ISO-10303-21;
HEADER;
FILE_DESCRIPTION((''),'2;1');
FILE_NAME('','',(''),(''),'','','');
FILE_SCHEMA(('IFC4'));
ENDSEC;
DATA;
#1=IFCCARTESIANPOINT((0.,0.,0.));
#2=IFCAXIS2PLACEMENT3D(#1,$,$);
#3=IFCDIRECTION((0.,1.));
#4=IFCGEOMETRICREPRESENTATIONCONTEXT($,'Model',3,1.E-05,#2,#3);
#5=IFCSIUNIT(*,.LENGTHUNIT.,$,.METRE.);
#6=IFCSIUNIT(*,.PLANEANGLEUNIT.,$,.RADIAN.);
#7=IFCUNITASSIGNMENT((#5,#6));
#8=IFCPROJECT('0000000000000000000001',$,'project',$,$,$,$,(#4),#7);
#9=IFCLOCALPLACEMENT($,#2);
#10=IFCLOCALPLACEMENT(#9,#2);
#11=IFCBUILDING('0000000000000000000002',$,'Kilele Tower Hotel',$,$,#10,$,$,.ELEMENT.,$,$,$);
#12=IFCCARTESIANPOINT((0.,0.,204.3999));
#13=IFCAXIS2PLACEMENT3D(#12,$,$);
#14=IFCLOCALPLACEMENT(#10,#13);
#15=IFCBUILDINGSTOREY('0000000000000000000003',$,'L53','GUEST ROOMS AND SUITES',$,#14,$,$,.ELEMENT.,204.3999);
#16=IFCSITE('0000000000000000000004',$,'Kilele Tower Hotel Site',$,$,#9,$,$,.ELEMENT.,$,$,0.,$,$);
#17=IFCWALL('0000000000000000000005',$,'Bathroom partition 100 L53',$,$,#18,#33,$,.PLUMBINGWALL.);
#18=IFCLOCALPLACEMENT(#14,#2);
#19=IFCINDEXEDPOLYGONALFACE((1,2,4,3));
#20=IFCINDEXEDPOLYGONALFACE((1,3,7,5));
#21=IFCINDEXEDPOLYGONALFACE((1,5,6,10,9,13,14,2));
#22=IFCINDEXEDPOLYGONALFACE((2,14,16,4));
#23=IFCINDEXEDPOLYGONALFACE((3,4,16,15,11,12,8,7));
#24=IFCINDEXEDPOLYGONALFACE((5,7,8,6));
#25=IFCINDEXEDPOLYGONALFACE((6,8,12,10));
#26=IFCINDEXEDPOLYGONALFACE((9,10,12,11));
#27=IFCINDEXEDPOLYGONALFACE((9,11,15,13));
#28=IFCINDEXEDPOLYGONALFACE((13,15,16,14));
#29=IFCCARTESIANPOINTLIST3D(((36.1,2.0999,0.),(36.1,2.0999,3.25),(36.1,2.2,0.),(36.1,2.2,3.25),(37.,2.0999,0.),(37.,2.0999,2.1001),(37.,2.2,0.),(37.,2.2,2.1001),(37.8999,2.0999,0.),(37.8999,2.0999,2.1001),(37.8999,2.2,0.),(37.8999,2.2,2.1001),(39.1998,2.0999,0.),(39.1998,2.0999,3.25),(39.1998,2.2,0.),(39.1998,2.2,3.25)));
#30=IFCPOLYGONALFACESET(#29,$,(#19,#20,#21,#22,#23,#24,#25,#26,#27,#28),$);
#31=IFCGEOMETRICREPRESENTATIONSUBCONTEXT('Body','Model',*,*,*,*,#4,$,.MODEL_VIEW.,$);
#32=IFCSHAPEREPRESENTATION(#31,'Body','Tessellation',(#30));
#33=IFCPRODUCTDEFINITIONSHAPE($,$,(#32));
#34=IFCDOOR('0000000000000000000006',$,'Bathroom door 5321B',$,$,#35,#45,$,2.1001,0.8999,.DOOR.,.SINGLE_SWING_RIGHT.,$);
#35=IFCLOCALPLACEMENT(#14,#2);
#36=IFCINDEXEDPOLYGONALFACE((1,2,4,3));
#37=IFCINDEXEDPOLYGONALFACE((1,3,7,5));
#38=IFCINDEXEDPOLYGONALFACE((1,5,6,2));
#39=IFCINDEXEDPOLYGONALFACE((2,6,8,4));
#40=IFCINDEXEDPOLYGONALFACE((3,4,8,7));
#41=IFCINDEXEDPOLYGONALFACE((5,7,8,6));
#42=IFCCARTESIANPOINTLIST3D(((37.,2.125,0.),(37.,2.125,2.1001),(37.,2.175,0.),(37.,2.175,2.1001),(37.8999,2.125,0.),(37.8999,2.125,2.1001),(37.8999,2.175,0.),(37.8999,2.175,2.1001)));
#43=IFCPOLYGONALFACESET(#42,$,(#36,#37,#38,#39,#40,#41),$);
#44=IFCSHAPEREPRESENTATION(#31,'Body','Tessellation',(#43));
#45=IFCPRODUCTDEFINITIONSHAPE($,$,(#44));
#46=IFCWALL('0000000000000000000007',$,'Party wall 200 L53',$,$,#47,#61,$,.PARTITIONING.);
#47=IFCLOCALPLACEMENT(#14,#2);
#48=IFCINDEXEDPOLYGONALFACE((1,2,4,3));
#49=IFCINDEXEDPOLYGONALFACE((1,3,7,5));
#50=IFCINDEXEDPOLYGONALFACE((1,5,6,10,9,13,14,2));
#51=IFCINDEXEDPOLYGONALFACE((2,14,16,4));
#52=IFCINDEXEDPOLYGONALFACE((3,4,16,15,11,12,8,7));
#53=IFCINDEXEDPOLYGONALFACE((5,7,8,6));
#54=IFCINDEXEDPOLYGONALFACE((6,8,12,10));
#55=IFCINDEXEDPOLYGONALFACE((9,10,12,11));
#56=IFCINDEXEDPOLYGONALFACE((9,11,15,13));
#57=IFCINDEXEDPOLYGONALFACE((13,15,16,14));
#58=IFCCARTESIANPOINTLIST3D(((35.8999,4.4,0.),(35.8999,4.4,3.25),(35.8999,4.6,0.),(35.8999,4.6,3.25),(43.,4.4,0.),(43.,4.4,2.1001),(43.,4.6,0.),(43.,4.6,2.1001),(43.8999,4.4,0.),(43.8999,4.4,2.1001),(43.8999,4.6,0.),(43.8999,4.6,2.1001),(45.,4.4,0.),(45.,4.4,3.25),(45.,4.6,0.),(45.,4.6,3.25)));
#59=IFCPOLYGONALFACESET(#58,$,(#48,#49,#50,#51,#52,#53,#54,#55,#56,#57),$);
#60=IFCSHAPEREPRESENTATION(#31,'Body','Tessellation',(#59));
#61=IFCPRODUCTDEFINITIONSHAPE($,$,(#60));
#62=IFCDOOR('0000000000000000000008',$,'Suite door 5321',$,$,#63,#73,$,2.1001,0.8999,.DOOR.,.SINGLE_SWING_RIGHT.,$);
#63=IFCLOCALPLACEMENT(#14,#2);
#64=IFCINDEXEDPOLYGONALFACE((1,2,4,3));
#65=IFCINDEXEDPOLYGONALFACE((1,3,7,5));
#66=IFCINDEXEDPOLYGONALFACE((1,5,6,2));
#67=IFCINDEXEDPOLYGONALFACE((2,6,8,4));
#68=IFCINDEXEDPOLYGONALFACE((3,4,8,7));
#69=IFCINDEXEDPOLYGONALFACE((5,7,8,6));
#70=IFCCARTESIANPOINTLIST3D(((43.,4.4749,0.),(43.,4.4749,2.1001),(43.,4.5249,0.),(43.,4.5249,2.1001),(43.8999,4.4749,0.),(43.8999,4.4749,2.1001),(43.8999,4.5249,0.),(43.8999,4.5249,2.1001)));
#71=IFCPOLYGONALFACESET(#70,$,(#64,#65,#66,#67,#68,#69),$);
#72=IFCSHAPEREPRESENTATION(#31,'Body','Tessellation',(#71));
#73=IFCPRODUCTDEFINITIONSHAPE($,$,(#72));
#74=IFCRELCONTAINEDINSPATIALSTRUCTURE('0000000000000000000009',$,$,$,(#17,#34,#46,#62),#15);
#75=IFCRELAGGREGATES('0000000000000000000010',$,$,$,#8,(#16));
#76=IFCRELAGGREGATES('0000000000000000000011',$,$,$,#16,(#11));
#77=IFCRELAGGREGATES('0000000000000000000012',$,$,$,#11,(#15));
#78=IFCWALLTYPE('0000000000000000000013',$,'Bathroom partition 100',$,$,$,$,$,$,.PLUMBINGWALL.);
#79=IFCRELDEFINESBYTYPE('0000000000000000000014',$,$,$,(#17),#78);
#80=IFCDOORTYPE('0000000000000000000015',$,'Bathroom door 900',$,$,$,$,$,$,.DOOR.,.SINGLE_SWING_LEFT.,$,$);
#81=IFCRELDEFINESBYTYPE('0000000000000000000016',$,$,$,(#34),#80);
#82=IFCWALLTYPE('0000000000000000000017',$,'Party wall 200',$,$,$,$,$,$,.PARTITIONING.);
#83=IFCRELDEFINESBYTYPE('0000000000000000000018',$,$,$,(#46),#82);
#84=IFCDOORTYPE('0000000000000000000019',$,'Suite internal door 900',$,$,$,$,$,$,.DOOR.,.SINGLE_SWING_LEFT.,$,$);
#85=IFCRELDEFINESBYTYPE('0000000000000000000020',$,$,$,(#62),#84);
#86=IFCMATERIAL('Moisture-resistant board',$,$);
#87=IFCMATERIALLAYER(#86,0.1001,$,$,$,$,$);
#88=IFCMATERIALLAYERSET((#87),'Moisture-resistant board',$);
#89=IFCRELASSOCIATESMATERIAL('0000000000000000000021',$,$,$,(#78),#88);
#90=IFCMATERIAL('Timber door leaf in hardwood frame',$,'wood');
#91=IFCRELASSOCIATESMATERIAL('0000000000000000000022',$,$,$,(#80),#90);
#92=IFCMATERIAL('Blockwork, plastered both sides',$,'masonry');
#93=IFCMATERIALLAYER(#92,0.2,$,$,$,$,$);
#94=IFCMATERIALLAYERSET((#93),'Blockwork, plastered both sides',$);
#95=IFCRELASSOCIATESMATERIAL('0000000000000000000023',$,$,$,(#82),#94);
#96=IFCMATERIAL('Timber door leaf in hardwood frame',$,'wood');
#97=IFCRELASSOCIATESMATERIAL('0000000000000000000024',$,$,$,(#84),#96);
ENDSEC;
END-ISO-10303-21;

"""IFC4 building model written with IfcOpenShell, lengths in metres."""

from ifc_helpers import new_model, si_unit, direction, frame, frame_2d, origin, place, context, subcontext, project, spatial, rectangle, extrude, material, layer, layer_set, type_object, element, fill, save


model = new_model("IFC4")

# Units and contexts
model_context = context("Model", 3, precision=1e-05, world=origin(), true_north=direction((0.0, 1.0)))
body_context = subcontext(model_context, "Body", "Model", "MODEL_VIEW")
ifc_project = project(units=[si_unit("LENGTHUNIT", "METRE"), si_unit("PLANEANGLEUNIT", "RADIAN")], contexts=[model_context])

# Site, building, storey
site_placement = place(None, origin())
site = spatial("IfcSite", under=ifc_project, at=site_placement, Name="Kilele Tower Hotel Site", CompositionType="ELEMENT", RefElevation=0.0)
building_placement = place(site_placement, origin())
building = spatial("IfcBuilding", under=site, at=building_placement, Name="Kilele Tower Hotel", CompositionType="ELEMENT")
storey_placement = place(building_placement, frame((0.0, 0.0, 204.3999)))
storey = spatial("IfcBuildingStorey", under=building, at=storey_placement, Name="L53", Description="GUEST ROOMS AND SUITES", CompositionType="ELEMENT", Elevation=204.3999)

# Shared definitions
ifc_material_1 = material(Name="Moisture-resistant board")
ifc_layer_1 = layer(ifc_material_1, 0.1001)
ifc_layer_set_1 = layer_set([ifc_layer_1], Name="Moisture-resistant board")
wall_type_1 = type_object("IfcWallType", Name="Bathroom partition 100", PredefinedType="PLUMBINGWALL", material=ifc_layer_set_1)

# Walls, openings, doors
ifc_material_2 = material(Name="Timber door leaf in hardwood frame", Category="wood")
door_type_1 = type_object("IfcDoorType", Name="Bathroom door 900", OperationType="SINGLE_SWING_LEFT", PredefinedType="DOOR", material=ifc_material_2)
wall_1_placement = place(storey_placement, frame((36.1001, 2.1499, 0.0), z_axis=(0.0, 0.0, 1.0), x_axis=(1.0, 0.0, 0.0)))
wall_1 = element("IfcWall", 1, at=wall_1_placement, inside=storey, type_object=wall_type_1, Name="Bathroom partition 100 L53", PredefinedType="PLUMBINGWALL", context=body_context, shape_type="SweptSolid", body=[
    extrude(rectangle(XDim=3.0999, YDim=0.1001, at=frame_2d((1.5498, 0.0))), origin(), (0.0, 0.0, 1.0), 3.25),
])
opening_1_placement = place(wall_1_placement, frame((1.7998, 0.0, 0.0), z_axis=(0.0, 0.0, 1.0), x_axis=(-1.0, 0.0, 0.0)))
opening_1 = element("IfcOpeningElement", 2, at=opening_1_placement, cuts=wall_1, PredefinedType="OPENING", context=body_context, shape_type="SweptSolid", body=[
    extrude(rectangle(XDim=0.8999, YDim=2.1001, at=frame_2d((0.45, 1.05))), frame((0.0, 0.0601, 0.0), z_axis=(0.0, -1.0, 0.0), x_axis=(1.0, 0.0, 0.0)), (0.0, 0.0, 1.0), 0.1201),
])
door_1_placement = place(opening_1_placement, origin())
door_1 = element("IfcDoor", 3, at=door_1_placement, inside=storey, type_object=door_type_1, Name="Bathroom door 5321B", OperationType="SINGLE_SWING_RIGHT", OverallHeight=2.1001, OverallWidth=0.8999, PredefinedType="DOOR", context=body_context, shape_type="SweptSolid", body=[
    extrude(rectangle(XDim=0.8999, YDim=2.1001, at=frame_2d((0.45, 1.05))), frame((0.0, 0.0249, 0.0), z_axis=(0.0, -1.0, 0.0), x_axis=(1.0, 0.0, 0.0)), (0.0, 0.0, 1.0), 0.05),
])
fill(opening_1, door_1)
ifc_material_3 = material(Name="Blockwork, plastered both sides", Category="masonry")
ifc_layer_2 = layer(ifc_material_3, 0.2)
ifc_layer_set_2 = layer_set([ifc_layer_2], Name="Blockwork, plastered both sides")
wall_type_2 = type_object("IfcWallType", Name="Party wall 200", PredefinedType="PARTITIONING", material=ifc_layer_set_2)
wall_2_placement = place(storey_placement, frame((35.8999, 4.5, 0.0), z_axis=(0.0, 0.0, 1.0), x_axis=(1.0, 0.0, 0.0)))
wall_2 = element("IfcWall", 4, at=wall_2_placement, inside=storey, type_object=wall_type_2, Name="Party wall 200 L53", PredefinedType="PARTITIONING", context=body_context, shape_type="SweptSolid", body=[
    extrude(rectangle(XDim=9.1001, YDim=0.2, at=frame_2d((4.55, 0.0))), origin(), (0.0, 0.0, 1.0), 3.25),
])
opening_2_placement = place(wall_2_placement, frame((7.1001, 0.0, 0.0)))
opening_2 = element("IfcOpeningElement", 5, at=opening_2_placement, cuts=wall_2, PredefinedType="OPENING", context=body_context, shape_type="SweptSolid", body=[
    extrude(rectangle(XDim=0.8999, YDim=2.1001, at=frame_2d((0.45, 1.05))), frame((0.0, 0.1099, 0.0), z_axis=(0.0, -1.0, 0.0), x_axis=(1.0, 0.0, 0.0)), (0.0, 0.0, 1.0), 0.22),
])
ifc_material_4 = material(Name="Timber door leaf in hardwood frame", Category="wood")
door_type_2 = type_object("IfcDoorType", Name="Suite internal door 900", OperationType="SINGLE_SWING_LEFT", PredefinedType="DOOR", material=ifc_material_4)
door_2_placement = place(opening_2_placement, origin())
door_2 = element("IfcDoor", 6, at=door_2_placement, inside=storey, type_object=door_type_2, Name="Suite door 5321", OperationType="SINGLE_SWING_RIGHT", OverallHeight=2.1001, OverallWidth=0.8999, PredefinedType="DOOR", context=body_context, shape_type="SweptSolid", body=[
    extrude(rectangle(XDim=0.8999, YDim=2.1001, at=frame_2d((0.45, 1.05))), frame((0.0, 0.0249, 0.0), z_axis=(0.0, -1.0, 0.0), x_axis=(1.0, 0.0, 0.0)), (0.0, 0.0, 1.0), 0.05),
])
fill(opening_2, door_2)

save(model, "model.ifc")
